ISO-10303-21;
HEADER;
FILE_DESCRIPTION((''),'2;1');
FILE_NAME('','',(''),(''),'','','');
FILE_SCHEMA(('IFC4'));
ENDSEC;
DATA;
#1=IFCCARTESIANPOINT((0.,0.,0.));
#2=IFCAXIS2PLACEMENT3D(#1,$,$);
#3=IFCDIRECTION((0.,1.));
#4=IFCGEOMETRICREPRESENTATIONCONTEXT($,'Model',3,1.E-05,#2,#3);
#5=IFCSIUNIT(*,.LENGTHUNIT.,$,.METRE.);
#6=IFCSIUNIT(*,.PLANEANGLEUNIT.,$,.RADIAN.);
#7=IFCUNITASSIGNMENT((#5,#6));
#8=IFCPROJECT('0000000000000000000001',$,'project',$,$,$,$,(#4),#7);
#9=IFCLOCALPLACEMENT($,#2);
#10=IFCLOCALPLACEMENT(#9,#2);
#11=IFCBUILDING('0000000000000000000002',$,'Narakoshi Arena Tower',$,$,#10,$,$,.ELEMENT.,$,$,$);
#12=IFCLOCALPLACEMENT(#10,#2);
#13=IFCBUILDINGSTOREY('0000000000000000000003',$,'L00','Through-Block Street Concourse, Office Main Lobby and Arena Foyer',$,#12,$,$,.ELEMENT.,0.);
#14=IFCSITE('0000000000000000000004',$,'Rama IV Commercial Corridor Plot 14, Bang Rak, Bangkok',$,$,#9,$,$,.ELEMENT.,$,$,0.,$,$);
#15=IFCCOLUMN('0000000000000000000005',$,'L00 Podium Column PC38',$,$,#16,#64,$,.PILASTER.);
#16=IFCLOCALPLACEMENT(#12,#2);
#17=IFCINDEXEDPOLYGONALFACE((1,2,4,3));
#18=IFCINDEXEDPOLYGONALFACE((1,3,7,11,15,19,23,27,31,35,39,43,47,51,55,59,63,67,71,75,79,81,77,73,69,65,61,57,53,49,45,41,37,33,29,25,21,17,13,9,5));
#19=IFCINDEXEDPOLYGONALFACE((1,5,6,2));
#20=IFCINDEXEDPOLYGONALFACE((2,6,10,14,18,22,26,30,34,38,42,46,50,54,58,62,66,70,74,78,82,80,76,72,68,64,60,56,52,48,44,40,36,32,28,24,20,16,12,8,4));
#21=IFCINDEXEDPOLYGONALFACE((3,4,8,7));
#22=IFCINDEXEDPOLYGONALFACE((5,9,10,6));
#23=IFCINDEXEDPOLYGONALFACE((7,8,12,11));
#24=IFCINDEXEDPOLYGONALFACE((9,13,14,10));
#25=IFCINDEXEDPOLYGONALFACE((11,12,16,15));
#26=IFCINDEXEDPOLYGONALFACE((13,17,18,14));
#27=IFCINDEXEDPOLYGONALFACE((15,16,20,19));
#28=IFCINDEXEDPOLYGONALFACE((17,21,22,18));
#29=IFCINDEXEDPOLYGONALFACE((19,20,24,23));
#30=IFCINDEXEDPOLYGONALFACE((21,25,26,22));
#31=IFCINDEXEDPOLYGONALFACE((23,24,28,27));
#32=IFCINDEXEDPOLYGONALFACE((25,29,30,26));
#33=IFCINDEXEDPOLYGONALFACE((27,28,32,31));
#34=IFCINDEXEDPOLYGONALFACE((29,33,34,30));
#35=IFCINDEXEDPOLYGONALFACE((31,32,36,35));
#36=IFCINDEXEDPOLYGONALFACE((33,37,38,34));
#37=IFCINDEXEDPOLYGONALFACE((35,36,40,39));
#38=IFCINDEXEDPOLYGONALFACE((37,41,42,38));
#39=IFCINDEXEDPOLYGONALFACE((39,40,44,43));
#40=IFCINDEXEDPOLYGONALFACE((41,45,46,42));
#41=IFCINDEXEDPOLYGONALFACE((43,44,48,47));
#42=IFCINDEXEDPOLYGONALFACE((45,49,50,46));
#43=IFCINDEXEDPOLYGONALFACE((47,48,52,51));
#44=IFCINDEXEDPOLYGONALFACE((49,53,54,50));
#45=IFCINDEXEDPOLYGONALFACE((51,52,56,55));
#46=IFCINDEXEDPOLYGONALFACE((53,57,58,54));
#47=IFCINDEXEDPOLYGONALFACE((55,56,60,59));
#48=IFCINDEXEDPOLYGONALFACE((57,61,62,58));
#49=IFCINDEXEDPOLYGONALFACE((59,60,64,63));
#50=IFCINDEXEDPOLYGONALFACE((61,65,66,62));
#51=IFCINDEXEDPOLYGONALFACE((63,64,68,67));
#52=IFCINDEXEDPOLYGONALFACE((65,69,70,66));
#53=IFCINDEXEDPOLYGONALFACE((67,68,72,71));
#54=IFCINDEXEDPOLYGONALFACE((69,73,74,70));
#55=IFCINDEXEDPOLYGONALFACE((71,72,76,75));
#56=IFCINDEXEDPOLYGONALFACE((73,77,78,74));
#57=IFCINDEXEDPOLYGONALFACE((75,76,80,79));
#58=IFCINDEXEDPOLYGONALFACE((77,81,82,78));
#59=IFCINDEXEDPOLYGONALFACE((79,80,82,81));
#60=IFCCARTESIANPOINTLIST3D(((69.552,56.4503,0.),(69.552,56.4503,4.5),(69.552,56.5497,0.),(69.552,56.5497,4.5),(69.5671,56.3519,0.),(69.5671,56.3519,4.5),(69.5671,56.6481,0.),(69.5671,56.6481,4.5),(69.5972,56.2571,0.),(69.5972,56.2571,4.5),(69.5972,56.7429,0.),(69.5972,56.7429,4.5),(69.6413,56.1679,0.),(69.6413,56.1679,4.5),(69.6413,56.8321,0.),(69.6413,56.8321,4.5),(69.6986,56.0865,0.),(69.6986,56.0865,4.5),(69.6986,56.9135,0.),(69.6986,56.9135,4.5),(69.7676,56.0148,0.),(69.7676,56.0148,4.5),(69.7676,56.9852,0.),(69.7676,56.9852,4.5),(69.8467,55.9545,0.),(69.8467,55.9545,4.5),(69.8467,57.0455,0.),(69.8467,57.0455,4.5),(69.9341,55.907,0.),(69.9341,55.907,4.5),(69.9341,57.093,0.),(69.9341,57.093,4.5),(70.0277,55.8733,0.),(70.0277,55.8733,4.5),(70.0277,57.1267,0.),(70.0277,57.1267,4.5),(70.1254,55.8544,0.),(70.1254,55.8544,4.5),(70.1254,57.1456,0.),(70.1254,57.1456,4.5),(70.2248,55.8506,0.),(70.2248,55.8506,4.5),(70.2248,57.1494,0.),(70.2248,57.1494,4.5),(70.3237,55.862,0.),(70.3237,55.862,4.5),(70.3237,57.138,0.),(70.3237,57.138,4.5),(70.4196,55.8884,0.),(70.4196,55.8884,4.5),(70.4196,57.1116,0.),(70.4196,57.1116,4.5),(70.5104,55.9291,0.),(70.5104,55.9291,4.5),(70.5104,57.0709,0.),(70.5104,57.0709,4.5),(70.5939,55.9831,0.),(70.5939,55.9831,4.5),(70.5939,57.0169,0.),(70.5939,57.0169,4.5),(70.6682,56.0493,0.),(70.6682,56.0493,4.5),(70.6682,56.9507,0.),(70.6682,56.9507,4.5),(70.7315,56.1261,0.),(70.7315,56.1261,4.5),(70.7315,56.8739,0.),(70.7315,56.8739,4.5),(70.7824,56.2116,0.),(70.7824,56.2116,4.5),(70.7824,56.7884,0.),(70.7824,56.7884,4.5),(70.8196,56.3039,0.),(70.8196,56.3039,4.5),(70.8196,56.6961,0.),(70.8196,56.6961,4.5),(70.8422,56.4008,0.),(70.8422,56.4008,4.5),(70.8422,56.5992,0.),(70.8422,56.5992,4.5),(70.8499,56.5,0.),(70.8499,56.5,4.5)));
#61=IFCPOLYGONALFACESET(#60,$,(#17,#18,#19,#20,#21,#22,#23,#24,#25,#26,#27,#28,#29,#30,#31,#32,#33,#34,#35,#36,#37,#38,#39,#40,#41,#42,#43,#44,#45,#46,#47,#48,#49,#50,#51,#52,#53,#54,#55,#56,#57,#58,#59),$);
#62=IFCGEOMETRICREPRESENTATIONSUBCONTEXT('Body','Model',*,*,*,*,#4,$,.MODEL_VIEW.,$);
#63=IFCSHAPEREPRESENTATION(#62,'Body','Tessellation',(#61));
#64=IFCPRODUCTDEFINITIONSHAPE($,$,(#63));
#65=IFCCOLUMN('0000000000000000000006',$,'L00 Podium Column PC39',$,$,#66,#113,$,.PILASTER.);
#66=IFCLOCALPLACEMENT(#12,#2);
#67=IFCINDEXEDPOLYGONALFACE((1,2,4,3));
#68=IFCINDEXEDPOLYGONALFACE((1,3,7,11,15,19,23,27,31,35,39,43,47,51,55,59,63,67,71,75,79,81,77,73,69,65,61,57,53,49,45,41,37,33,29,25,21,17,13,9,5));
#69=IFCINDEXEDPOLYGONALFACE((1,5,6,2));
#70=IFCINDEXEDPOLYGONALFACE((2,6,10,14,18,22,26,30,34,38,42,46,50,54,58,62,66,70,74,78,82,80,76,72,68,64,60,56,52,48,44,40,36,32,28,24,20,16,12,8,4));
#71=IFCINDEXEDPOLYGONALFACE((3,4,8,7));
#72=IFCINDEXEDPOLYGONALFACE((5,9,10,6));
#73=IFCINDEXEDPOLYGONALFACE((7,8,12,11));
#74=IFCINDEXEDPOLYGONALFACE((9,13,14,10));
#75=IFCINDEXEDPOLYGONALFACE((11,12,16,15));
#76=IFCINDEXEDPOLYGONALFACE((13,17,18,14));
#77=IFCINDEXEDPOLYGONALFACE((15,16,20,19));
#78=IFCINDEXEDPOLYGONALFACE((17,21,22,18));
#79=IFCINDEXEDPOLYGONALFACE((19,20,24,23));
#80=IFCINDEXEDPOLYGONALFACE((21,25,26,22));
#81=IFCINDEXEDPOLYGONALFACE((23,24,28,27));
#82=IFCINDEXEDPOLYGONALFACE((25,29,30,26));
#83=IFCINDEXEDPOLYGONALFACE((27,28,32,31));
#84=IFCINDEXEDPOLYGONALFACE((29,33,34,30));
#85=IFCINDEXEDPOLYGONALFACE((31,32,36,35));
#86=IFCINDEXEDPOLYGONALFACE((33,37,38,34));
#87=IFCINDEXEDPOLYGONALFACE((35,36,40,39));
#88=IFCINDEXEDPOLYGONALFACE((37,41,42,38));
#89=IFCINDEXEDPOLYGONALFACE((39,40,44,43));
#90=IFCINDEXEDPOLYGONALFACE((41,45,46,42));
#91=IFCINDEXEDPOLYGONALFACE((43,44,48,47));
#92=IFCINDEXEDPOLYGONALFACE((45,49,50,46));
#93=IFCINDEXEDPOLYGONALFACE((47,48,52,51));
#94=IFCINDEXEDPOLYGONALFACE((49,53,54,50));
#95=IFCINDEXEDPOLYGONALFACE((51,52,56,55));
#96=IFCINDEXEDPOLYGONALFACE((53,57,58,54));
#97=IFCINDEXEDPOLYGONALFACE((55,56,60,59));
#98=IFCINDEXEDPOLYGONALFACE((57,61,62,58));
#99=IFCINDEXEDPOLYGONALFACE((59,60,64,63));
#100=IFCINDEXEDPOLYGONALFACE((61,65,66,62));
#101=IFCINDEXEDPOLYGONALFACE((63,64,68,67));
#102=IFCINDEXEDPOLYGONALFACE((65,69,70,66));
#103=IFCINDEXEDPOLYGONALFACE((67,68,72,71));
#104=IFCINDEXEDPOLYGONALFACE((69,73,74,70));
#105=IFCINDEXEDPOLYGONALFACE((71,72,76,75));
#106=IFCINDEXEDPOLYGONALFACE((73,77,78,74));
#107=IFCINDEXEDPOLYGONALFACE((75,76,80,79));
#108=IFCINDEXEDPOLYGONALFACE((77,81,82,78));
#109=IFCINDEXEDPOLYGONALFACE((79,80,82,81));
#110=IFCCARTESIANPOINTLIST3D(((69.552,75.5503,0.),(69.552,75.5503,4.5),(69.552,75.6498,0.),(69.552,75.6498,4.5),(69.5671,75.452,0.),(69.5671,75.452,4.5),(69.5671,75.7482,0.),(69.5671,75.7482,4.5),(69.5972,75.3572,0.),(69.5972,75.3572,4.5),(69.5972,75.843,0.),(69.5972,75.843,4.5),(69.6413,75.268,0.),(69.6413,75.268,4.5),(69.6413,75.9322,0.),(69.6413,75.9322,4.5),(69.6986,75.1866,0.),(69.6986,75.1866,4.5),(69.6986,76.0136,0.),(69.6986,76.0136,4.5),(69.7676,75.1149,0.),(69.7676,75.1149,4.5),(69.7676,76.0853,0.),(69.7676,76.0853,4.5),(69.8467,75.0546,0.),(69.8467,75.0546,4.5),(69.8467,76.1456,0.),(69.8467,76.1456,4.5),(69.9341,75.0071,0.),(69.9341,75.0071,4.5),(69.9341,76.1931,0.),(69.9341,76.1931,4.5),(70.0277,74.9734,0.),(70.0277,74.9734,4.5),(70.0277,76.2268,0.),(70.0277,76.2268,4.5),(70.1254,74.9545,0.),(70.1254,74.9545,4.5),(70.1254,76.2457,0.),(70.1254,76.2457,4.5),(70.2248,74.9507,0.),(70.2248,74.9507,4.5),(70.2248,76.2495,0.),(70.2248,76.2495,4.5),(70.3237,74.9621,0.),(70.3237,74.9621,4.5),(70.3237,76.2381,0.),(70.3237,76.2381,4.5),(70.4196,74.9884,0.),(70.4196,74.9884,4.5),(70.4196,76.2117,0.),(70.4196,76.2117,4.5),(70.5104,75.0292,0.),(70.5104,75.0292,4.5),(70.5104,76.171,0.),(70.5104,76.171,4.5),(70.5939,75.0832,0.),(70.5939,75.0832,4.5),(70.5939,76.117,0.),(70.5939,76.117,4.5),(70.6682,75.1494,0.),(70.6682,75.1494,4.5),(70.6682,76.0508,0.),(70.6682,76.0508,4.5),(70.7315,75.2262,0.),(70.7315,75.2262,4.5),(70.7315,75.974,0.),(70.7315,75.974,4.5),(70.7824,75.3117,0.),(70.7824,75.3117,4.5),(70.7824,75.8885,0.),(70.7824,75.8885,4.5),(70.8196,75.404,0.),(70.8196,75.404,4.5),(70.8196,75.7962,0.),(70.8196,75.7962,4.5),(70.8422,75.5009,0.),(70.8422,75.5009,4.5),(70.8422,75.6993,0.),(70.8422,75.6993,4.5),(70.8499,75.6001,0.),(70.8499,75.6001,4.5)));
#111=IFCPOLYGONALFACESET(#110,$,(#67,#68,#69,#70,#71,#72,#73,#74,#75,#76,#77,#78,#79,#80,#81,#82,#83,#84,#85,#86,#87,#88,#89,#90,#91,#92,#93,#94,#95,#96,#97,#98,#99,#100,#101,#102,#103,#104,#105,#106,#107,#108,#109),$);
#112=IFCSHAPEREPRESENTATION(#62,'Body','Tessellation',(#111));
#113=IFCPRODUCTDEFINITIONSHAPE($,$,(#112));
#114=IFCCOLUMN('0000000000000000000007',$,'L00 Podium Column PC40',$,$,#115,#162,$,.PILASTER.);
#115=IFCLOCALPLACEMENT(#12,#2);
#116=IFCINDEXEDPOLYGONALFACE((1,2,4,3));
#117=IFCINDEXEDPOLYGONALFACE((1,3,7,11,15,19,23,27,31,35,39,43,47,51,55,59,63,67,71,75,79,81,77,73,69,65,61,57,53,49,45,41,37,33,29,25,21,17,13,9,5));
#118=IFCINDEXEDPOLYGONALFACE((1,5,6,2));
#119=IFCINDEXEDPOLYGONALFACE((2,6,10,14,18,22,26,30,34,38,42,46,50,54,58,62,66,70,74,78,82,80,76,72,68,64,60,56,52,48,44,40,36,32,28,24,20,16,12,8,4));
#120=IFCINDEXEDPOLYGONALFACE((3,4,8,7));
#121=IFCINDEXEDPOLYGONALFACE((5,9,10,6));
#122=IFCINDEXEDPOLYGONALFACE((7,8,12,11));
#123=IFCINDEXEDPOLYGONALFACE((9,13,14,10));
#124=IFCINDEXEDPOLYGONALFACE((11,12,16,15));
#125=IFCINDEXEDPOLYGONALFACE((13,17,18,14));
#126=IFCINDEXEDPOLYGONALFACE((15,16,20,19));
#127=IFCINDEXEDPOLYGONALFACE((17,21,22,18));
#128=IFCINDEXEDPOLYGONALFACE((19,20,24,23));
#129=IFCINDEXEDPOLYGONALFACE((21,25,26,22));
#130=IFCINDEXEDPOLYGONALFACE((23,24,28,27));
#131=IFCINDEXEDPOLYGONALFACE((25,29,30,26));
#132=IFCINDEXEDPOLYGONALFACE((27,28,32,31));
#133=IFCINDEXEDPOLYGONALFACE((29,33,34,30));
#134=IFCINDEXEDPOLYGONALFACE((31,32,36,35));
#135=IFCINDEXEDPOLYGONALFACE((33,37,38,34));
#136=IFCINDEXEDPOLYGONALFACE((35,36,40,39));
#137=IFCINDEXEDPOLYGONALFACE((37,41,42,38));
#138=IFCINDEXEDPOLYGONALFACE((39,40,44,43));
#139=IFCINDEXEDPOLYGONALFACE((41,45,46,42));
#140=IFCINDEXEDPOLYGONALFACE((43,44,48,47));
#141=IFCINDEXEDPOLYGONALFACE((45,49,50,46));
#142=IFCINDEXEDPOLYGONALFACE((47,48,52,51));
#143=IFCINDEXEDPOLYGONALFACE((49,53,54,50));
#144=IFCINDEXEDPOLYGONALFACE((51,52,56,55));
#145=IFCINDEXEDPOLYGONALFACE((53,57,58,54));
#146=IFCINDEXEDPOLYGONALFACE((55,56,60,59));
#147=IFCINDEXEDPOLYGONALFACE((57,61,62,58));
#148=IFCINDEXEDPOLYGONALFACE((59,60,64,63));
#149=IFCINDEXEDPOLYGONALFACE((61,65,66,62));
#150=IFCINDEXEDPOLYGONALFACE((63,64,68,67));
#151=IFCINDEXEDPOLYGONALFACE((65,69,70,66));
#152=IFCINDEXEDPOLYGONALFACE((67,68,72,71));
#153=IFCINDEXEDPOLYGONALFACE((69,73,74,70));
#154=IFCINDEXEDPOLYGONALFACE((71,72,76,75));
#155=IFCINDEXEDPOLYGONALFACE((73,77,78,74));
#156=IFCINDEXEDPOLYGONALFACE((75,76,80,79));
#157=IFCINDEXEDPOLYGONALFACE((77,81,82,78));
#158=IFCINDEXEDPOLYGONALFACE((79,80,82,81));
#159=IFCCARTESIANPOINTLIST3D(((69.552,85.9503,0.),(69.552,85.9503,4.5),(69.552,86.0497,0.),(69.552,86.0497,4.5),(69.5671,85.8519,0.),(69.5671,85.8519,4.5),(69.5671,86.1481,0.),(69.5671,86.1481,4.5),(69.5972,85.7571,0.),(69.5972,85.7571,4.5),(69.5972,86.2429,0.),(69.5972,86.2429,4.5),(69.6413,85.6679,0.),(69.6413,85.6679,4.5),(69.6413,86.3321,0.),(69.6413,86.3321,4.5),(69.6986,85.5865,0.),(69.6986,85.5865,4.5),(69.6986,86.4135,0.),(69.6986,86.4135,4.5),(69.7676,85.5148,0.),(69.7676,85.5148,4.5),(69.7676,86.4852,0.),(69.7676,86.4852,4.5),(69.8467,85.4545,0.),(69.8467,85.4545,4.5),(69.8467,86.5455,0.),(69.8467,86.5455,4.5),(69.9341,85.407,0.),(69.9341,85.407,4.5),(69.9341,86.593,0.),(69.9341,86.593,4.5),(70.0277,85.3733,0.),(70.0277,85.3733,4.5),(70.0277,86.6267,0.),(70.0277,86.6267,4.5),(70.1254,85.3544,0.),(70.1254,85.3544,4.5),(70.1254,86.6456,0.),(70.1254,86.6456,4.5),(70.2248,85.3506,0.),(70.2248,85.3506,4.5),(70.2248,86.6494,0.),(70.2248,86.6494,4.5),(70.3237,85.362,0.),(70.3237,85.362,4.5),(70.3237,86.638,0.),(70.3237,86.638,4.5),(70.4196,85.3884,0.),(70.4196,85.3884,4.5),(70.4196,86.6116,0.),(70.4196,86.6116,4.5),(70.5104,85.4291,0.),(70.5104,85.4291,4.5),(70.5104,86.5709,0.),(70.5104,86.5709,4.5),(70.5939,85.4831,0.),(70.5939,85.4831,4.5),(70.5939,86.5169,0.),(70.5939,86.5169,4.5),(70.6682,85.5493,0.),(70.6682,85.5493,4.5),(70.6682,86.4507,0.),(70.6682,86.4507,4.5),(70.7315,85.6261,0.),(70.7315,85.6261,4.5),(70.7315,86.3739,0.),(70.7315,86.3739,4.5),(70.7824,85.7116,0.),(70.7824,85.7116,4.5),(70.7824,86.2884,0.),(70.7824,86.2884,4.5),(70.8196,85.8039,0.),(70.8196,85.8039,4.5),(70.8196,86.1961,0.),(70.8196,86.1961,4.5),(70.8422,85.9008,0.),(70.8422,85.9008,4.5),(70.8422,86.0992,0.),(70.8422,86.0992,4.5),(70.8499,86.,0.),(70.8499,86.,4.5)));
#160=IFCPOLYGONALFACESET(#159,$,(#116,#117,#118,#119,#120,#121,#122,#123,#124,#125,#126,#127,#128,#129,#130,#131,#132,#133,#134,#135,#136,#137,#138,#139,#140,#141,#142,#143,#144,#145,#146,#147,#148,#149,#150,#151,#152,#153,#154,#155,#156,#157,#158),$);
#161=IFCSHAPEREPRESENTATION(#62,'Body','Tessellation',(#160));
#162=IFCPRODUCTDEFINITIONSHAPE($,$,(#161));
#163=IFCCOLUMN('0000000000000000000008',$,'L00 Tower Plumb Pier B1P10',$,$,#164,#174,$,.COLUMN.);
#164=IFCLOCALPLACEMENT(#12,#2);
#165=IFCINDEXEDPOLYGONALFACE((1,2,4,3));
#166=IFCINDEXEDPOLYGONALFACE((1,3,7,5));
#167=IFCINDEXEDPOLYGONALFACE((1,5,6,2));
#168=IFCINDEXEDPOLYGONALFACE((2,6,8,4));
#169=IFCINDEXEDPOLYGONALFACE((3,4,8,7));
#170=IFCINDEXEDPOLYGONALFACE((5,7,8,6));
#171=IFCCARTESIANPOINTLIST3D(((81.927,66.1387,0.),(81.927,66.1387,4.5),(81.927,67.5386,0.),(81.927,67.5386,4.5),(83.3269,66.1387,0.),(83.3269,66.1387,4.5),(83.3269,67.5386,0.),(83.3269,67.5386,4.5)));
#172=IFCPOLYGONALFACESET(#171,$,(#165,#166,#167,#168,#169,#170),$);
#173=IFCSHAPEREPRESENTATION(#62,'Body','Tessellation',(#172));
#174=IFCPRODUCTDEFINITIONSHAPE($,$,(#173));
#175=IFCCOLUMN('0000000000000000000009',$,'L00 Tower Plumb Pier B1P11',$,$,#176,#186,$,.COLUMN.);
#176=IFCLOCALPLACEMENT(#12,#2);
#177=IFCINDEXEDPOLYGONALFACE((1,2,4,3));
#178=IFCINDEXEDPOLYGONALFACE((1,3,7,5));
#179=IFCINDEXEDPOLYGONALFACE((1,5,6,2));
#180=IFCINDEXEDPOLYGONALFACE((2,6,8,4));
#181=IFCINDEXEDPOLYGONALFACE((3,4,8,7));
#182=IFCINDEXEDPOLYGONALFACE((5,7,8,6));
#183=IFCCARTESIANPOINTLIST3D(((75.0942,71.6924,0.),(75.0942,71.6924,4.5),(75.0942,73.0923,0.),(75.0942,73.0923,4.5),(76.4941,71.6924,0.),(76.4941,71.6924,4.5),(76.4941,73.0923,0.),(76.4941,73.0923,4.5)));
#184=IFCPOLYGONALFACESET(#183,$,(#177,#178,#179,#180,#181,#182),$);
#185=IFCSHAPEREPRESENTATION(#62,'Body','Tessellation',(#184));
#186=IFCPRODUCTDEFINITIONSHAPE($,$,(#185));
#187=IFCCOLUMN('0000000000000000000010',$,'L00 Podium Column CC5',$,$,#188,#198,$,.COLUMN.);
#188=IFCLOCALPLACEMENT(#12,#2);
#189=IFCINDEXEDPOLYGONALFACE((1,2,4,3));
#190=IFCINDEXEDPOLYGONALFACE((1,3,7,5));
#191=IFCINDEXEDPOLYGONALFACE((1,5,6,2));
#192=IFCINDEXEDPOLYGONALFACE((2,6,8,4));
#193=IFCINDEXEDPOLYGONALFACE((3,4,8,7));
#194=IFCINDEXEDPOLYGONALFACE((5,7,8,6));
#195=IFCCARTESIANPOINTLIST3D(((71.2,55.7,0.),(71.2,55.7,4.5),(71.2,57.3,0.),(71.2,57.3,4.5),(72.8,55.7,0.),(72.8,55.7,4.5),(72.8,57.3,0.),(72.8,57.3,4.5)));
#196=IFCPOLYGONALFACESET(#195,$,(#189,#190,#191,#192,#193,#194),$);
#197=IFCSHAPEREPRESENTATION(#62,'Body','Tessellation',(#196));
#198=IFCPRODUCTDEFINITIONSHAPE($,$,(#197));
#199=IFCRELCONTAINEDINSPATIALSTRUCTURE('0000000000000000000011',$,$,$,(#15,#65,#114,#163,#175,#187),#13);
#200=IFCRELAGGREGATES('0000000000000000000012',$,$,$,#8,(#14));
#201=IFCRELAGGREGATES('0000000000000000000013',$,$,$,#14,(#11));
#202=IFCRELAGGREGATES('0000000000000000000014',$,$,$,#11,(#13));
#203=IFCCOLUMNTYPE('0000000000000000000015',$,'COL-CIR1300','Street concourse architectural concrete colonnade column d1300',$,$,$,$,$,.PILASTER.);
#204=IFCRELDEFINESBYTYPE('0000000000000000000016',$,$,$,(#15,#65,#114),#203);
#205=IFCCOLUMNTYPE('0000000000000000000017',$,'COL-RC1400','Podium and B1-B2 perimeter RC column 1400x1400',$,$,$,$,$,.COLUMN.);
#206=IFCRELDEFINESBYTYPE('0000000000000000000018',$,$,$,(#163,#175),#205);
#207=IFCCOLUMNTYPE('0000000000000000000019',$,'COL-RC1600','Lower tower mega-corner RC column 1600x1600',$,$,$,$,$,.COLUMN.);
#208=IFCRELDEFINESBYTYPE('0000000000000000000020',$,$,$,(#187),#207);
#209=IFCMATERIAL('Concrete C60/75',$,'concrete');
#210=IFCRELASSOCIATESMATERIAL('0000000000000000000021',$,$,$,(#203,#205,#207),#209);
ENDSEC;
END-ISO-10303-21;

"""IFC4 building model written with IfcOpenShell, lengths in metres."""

from ifc_helpers import new_model, si_unit, direction, frame, origin, origin_2d, place, context, subcontext, project, spatial, rectangle, circle, extrude, material, material_profile, profile_set, type_object, element, save


model = new_model("IFC4")

# Units and contexts
model_context = context("Model", 3, precision=1e-05, world=origin(), true_north=direction((0.0, 1.0)))
body_context = subcontext(model_context, "Body", "Model", "MODEL_VIEW")
ifc_project = project(units=[si_unit("LENGTHUNIT", "METRE"), si_unit("PLANEANGLEUNIT", "RADIAN")], contexts=[model_context])

# Site, building, storey
site_placement = place(None, origin())
site = spatial("IfcSite", under=ifc_project, at=site_placement, Name="Rama IV Commercial Corridor Plot 14, Bang Rak, Bangkok", CompositionType="ELEMENT", RefElevation=0.0)
building_placement = place(site_placement, origin())
building = spatial("IfcBuilding", under=site, at=building_placement, Name="Narakoshi Arena Tower", CompositionType="ELEMENT")
storey_placement = place(building_placement, origin())
storey = spatial("IfcBuildingStorey", under=building, at=storey_placement, Name="L00", Description="Through-Block Street Concourse, Office Main Lobby and Arena Foyer", CompositionType="ELEMENT", Elevation=0.0)

# Columns
ifc_material_1 = material(Name="Concrete C60/75", Category="concrete")
ifc_material_profile_1 = material_profile(ifc_material_1, circle(Radius=0.6499, at=origin_2d()), Name="RCC1300")
ifc_profile_set_1 = profile_set([ifc_material_profile_1], Name="Concrete C60/75")
column_type_1 = type_object("IfcColumnType", Name="COL-CIR1300", Description="Street concourse architectural concrete colonnade column d1300", PredefinedType="PILASTER", material=ifc_profile_set_1)
for number, where, z_axis, x_axis, name in (
    (1, (70.2, 56.5, 0.0), (0.0, 0.0, 1.0), (1.0, 0.0, 0.0), "L00 Podium Column PC38"),
    (2, (70.2, 75.6001, 0.0), (0.0, 0.0, 1.0), (1.0, 0.0, 0.0), "L00 Podium Column PC39"),
    (3, (70.2, 86.0, 0.0), (0.0, 0.0, 1.0), (1.0, 0.0, 0.0), "L00 Podium Column PC40"),
):
    element("IfcColumn", number, at=place(storey_placement, frame(where, z_axis=z_axis, x_axis=x_axis)), inside=storey, type_object=column_type_1, Name=name, PredefinedType="PILASTER", context=body_context, shape_type="SweptSolid", body=[
        extrude(circle(Radius=0.6499, at=origin_2d()), origin(), (0.0, 0.0, 1.0), 4.5),
    ])
ifc_material_profile_2 = material_profile(ifc_material_1, rectangle(XDim=1.3999, YDim=1.3999, at=origin_2d()), Name="RC1400x1400")
ifc_profile_set_2 = profile_set([ifc_material_profile_2], Name="Concrete C60/75")
column_type_2 = type_object("IfcColumnType", Name="COL-RC1400", Description="Podium and B1-B2 perimeter RC column 1400x1400", PredefinedType="COLUMN", material=ifc_profile_set_2)
for number, where, z_axis, x_axis, name in (
    (4, (82.627, 66.8386, 0.0), (0.0, 0.0, 1.0), (1.0, 0.0, 0.0), "L00 Tower Plumb Pier B1P10"),
    (5, (75.7942, 72.3923, 0.0), (0.0, 0.0, 1.0), (1.0, 0.0, 0.0), "L00 Tower Plumb Pier B1P11"),
):
    element("IfcColumn", number, at=place(storey_placement, frame(where, z_axis=z_axis, x_axis=x_axis)), inside=storey, type_object=column_type_2, Name=name, PredefinedType="COLUMN", context=body_context, shape_type="SweptSolid", body=[
        extrude(rectangle(XDim=1.3999, YDim=1.3999, at=origin_2d()), origin(), (0.0, 0.0, 1.0), 4.5),
    ])
ifc_material_profile_3 = material_profile(ifc_material_1, rectangle(XDim=1.6001, YDim=1.6001, at=origin_2d()), Name="RC1600x1600")
ifc_profile_set_3 = profile_set([ifc_material_profile_3], Name="Concrete C60/75")
column_type_3 = type_object("IfcColumnType", Name="COL-RC1600", Description="Lower tower mega-corner RC column 1600x1600", PredefinedType="COLUMN", material=ifc_profile_set_3)
column_placement = place(storey_placement, frame((72.0, 56.5, 0.0), z_axis=(0.0, 0.0, 1.0), x_axis=(1.0, 0.0, 0.0)))
element("IfcColumn", 6, at=column_placement, inside=storey, type_object=column_type_3, Name="L00 Podium Column CC5", PredefinedType="COLUMN", context=body_context, shape_type="SweptSolid", body=[
    extrude(rectangle(XDim=1.6001, YDim=1.6001, at=origin_2d()), origin(), (0.0, 0.0, 1.0), 4.5),
])

save(model, "model.ifc")
